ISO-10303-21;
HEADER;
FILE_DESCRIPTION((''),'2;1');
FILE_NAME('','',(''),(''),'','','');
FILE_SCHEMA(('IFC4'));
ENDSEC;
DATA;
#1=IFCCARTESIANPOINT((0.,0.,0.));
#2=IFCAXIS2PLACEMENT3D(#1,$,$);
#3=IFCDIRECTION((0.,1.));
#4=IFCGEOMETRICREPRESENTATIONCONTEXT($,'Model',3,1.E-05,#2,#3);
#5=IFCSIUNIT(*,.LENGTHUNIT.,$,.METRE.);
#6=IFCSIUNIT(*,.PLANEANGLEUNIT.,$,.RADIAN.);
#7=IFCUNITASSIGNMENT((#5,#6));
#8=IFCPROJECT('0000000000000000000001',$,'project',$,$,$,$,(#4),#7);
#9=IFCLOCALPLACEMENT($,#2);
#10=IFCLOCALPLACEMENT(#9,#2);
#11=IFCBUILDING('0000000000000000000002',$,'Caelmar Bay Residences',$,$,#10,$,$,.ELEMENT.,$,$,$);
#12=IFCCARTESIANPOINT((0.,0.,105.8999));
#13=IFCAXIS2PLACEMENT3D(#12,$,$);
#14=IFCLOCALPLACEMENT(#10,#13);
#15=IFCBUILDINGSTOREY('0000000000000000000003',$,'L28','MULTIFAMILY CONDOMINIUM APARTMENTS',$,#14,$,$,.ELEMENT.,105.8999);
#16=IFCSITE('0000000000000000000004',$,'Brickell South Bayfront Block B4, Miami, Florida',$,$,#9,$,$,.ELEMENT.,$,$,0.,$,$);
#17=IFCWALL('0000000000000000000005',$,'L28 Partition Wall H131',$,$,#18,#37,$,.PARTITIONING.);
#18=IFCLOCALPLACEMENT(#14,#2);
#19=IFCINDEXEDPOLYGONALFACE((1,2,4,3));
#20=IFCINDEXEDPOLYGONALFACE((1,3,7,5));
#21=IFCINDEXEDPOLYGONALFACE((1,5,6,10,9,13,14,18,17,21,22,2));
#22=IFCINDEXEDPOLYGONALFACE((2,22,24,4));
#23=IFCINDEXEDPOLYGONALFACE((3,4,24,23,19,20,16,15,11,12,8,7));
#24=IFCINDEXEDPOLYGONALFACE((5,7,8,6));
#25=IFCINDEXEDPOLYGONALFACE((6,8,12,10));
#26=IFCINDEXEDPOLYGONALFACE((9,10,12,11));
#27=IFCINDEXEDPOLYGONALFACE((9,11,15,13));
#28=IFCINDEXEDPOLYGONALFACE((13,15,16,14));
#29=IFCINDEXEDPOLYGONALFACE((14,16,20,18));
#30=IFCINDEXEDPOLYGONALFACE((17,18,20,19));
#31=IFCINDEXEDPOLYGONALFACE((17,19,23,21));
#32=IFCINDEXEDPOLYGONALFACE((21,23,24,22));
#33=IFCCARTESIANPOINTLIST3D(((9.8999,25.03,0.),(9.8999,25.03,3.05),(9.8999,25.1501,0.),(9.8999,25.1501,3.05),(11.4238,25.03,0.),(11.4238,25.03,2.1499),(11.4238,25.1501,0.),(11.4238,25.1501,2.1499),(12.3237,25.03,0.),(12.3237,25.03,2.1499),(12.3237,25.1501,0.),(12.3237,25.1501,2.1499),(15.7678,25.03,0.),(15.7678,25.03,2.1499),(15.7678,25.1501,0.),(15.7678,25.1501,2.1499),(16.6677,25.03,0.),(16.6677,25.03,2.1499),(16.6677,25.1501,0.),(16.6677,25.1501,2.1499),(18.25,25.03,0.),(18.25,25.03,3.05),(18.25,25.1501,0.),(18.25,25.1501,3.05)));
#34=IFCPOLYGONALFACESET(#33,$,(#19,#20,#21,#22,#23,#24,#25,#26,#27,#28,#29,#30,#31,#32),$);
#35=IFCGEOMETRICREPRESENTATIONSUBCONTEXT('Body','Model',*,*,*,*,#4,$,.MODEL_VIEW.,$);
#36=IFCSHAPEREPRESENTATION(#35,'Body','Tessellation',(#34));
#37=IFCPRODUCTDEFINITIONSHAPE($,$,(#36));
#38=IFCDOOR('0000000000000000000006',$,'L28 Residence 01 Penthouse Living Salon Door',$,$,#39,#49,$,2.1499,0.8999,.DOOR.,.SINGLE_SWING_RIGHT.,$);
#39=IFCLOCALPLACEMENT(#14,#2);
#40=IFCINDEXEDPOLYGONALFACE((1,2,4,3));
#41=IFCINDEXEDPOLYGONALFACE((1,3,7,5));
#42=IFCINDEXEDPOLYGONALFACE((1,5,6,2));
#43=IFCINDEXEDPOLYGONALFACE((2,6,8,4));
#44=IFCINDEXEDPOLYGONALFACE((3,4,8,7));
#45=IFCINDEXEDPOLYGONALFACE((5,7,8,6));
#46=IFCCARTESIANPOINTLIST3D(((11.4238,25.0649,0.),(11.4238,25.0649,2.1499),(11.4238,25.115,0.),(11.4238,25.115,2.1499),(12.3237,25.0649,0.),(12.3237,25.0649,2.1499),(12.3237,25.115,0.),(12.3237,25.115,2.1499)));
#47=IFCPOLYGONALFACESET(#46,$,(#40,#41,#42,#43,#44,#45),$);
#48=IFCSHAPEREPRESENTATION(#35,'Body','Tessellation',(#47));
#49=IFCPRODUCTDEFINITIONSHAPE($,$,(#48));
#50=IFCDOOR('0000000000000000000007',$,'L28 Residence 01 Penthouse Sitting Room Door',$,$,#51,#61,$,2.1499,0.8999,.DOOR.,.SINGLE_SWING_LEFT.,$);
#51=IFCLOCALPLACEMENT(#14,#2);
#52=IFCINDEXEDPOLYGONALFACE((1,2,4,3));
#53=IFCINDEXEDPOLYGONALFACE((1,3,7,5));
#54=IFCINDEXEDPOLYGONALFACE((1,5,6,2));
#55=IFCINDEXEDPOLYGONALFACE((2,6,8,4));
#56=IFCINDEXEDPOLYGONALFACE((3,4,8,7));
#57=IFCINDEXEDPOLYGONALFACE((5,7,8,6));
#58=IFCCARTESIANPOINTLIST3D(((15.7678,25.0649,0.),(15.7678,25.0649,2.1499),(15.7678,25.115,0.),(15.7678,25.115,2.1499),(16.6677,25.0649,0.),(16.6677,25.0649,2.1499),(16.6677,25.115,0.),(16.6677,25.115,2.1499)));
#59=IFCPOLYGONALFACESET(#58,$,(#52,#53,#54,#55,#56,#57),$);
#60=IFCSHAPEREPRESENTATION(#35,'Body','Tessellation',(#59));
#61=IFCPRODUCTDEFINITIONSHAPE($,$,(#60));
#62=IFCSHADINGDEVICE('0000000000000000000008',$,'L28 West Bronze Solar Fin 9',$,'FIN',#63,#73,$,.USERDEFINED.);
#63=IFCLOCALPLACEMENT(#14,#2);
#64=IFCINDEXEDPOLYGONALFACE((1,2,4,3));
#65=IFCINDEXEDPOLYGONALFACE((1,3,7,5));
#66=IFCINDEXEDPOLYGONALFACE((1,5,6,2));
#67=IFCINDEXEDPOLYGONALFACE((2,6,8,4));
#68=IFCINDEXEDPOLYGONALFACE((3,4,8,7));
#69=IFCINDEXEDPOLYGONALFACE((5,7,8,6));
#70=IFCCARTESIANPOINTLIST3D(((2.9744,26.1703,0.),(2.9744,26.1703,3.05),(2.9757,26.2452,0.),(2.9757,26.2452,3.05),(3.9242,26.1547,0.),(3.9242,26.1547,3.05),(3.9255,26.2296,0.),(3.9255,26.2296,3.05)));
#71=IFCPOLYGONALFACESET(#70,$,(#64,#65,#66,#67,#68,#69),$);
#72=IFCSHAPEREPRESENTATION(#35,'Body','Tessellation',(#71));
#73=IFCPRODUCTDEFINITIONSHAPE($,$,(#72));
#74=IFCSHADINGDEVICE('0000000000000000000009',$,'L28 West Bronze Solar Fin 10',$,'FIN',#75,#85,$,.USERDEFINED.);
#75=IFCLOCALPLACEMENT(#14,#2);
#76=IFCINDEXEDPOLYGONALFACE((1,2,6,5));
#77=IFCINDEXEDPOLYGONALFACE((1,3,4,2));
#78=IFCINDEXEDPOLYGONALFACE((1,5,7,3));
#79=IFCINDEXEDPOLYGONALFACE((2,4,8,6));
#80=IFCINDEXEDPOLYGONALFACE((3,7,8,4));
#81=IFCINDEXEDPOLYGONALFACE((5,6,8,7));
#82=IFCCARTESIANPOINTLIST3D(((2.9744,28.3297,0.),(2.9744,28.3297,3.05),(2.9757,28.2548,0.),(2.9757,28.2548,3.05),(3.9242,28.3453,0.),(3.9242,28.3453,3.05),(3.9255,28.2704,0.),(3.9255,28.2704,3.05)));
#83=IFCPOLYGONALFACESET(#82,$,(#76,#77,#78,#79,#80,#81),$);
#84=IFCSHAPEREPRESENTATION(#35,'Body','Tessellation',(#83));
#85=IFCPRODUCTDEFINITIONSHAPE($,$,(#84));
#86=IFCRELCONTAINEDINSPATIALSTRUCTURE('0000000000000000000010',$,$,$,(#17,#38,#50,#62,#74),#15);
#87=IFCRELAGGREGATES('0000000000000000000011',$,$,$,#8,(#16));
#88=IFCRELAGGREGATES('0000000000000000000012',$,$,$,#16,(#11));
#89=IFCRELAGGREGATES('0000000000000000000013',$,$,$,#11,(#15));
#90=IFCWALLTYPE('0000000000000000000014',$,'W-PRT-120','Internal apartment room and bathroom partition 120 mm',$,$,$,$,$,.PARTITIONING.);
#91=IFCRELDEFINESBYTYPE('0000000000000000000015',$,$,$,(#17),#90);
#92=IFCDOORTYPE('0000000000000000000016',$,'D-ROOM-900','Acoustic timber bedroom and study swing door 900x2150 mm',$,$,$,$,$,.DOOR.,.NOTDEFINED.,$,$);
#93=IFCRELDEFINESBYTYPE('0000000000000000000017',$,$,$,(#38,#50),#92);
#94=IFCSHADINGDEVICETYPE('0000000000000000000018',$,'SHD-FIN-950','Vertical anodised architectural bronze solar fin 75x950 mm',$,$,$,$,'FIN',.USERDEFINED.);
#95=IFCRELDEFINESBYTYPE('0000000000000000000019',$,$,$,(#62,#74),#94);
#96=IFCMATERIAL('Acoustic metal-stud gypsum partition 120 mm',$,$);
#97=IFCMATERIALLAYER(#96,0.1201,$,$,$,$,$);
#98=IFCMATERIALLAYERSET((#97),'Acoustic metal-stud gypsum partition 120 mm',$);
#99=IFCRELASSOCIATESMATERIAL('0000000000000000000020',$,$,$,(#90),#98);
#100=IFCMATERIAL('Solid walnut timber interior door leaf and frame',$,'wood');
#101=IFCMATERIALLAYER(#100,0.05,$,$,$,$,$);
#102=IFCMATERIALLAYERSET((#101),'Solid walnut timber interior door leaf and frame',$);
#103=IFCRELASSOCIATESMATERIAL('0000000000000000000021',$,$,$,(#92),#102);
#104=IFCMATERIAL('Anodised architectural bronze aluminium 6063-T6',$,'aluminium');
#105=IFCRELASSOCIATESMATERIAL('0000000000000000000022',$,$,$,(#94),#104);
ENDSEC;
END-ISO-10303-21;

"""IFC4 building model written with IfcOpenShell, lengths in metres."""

from ifc_helpers import new_model, si_unit, direction, frame, frame_2d, origin, origin_2d, place, context, subcontext, project, spatial, rectangle, extrude, material, layer, layer_set, material_profile, profile_set, type_object, element, fill, save


model = new_model("IFC4")

# Units and contexts
model_context = context("Model", 3, precision=1e-05, world=origin(), true_north=direction((0.0, 1.0)))
body_context = subcontext(model_context, "Body", "Model", "MODEL_VIEW")
ifc_project = project(units=[si_unit("LENGTHUNIT", "METRE"), si_unit("PLANEANGLEUNIT", "RADIAN")], contexts=[model_context])

# Site, building, storey
site_placement = place(None, origin())
site = spatial("IfcSite", under=ifc_project, at=site_placement, Name="Brickell South Bayfront Block B4, Miami, Florida", CompositionType="ELEMENT", RefElevation=0.0)
building_placement = place(site_placement, origin())
building = spatial("IfcBuilding", under=site, at=building_placement, Name="Caelmar Bay Residences", CompositionType="ELEMENT")
storey_placement = place(building_placement, frame((0.0, 0.0, 105.8999)))
storey = spatial("IfcBuildingStorey", under=building, at=storey_placement, Name="L28", Description="MULTIFAMILY CONDOMINIUM APARTMENTS", CompositionType="ELEMENT", Elevation=105.8999)

# Shared definitions
ifc_material_1 = material(Name="Acoustic metal-stud gypsum partition 120 mm")
ifc_layer_1 = layer(ifc_material_1, 0.1201)
ifc_layer_set_1 = layer_set([ifc_layer_1], Name="Acoustic metal-stud gypsum partition 120 mm")
wall_type_1 = type_object("IfcWallType", Name="W-PRT-120", Description="Internal apartment room and bathroom partition 120 mm", PredefinedType="PARTITIONING", material=ifc_layer_set_1)

# Shared definitions
ifc_material_2 = material(Name="Solid walnut timber interior door leaf and frame", Category="wood")
ifc_layer_2 = layer(ifc_material_2, 0.05)
ifc_layer_set_2 = layer_set([ifc_layer_2], Name="Solid walnut timber interior door leaf and frame")
door_type = type_object("IfcDoorType", Name="D-ROOM-900", Description="Acoustic timber bedroom and study swing door 900x2150 mm", OperationType="NOTDEFINED", PredefinedType="DOOR", material=ifc_layer_set_2)

# Wall, openings, doors
wall_1_placement = place(storey_placement, frame((9.8999, 25.0901, 0.0), z_axis=(0.0, 0.0, 1.0), x_axis=(1.0, 0.0, 0.0)))
wall_1 = element("IfcWall", 1, at=wall_1_placement, inside=storey, type_object=wall_type_1, Name="L28 Partition Wall H131", PredefinedType="PARTITIONING", context=body_context, shape_type="SweptSolid", body=[
    extrude(rectangle(XDim=8.3501, YDim=0.1201, at=frame_2d((4.175, 0.0))), origin(), (0.0, 0.0, 1.0), 3.05),
])
opening_1_placement = place(wall_1_placement, frame((1.5239, 0.0, 0.0)))
opening_1 = element("IfcOpeningElement", 2, at=opening_1_placement, cuts=wall_1, PredefinedType="OPENING", context=body_context, shape_type="SweptSolid", body=[
    extrude(rectangle(XDim=0.8999, YDim=2.1499, at=frame_2d((0.45, 1.075))), frame((0.0, 0.0701, 0.0), z_axis=(0.0, -1.0, 0.0), x_axis=(1.0, 0.0, 0.0)), (0.0, 0.0, 1.0), 0.1401),
])
opening_2_placement = place(wall_1_placement, frame((5.8679, 0.0, 0.0)))
opening_2 = element("IfcOpeningElement", 3, at=opening_2_placement, cuts=wall_1, PredefinedType="OPENING", context=body_context, shape_type="SweptSolid", body=[
    extrude(rectangle(XDim=0.8999, YDim=2.1499, at=frame_2d((0.45, 1.075))), frame((0.0, 0.0701, 0.0), z_axis=(0.0, -1.0, 0.0), x_axis=(1.0, 0.0, 0.0)), (0.0, 0.0, 1.0), 0.1401),
])
door_1_placement = place(opening_1_placement, origin())
door_1 = element("IfcDoor", 4, at=door_1_placement, inside=storey, type_object=door_type, Name="L28 Residence 01 Penthouse Living Salon Door", OperationType="SINGLE_SWING_RIGHT", OverallHeight=2.1499, OverallWidth=0.8999, PredefinedType="DOOR", context=body_context, shape_type="SweptSolid", body=[
    extrude(rectangle(XDim=0.8999, YDim=2.1499, at=frame_2d((0.45, 1.075))), frame((0.0, 0.0249, 0.0), z_axis=(0.0, -1.0, 0.0), x_axis=(1.0, 0.0, 0.0)), (0.0, 0.0, 1.0), 0.05),
])
fill(opening_1, door_1)
door_2_placement = place(opening_2_placement, origin())
door_2 = element("IfcDoor", 5, at=door_2_placement, inside=storey, type_object=door_type, Name="L28 Residence 01 Penthouse Sitting Room Door", OperationType="SINGLE_SWING_LEFT", OverallHeight=2.1499, OverallWidth=0.8999, PredefinedType="DOOR", context=body_context, shape_type="SweptSolid", body=[
    extrude(rectangle(XDim=0.8999, YDim=2.1499, at=frame_2d((0.45, 1.075))), frame((0.0, 0.0249, 0.0), z_axis=(0.0, -1.0, 0.0), x_axis=(1.0, 0.0, 0.0)), (0.0, 0.0, 1.0), 0.05),
])
fill(opening_2, door_2)

# Shading devices
ifc_material_3 = material(Name="Anodised architectural bronze aluminium 6063-T6", Category="aluminium")
ifc_material_profile_1 = material_profile(ifc_material_3, rectangle(XDim=0.075, YDim=0.95, at=origin_2d()), Name="BRONZE-FIN-75X950")
ifc_profile_set_1 = profile_set([ifc_material_profile_1], Name="Anodised architectural bronze aluminium 6063-T6")
shading_device_type = type_object("IfcShadingDeviceType", Name="SHD-FIN-950", Description="Vertical anodised architectural bronze solar fin 75x950 mm", ElementType="FIN", PredefinedType="USERDEFINED", material=ifc_profile_set_1)
for number, where, z_axis, x_axis, name in (
    (6, (3.45, 26.2, 0.0), (0.0, 0.0, 1.0), (0.016405, 0.999865, 0.0), "L28 West Bronze Solar Fin 9"),
    (7, (3.45, 28.3, 0.0), (0.0, 0.0, 1.0), (-0.016405, 0.999865, 0.0), "L28 West Bronze Solar Fin 10"),
):
    element("IfcShadingDevice", number, at=place(storey_placement, frame(where, z_axis=z_axis, x_axis=x_axis)), inside=storey, type_object=shading_device_type, Name=name, ObjectType="FIN", PredefinedType="USERDEFINED", context=body_context, shape_type="SweptSolid", body=[
        extrude(rectangle(XDim=0.075, YDim=0.95, at=origin_2d()), origin(), (0.0, 0.0, 1.0), 3.05),
    ])

save(model, "model.ifc")
